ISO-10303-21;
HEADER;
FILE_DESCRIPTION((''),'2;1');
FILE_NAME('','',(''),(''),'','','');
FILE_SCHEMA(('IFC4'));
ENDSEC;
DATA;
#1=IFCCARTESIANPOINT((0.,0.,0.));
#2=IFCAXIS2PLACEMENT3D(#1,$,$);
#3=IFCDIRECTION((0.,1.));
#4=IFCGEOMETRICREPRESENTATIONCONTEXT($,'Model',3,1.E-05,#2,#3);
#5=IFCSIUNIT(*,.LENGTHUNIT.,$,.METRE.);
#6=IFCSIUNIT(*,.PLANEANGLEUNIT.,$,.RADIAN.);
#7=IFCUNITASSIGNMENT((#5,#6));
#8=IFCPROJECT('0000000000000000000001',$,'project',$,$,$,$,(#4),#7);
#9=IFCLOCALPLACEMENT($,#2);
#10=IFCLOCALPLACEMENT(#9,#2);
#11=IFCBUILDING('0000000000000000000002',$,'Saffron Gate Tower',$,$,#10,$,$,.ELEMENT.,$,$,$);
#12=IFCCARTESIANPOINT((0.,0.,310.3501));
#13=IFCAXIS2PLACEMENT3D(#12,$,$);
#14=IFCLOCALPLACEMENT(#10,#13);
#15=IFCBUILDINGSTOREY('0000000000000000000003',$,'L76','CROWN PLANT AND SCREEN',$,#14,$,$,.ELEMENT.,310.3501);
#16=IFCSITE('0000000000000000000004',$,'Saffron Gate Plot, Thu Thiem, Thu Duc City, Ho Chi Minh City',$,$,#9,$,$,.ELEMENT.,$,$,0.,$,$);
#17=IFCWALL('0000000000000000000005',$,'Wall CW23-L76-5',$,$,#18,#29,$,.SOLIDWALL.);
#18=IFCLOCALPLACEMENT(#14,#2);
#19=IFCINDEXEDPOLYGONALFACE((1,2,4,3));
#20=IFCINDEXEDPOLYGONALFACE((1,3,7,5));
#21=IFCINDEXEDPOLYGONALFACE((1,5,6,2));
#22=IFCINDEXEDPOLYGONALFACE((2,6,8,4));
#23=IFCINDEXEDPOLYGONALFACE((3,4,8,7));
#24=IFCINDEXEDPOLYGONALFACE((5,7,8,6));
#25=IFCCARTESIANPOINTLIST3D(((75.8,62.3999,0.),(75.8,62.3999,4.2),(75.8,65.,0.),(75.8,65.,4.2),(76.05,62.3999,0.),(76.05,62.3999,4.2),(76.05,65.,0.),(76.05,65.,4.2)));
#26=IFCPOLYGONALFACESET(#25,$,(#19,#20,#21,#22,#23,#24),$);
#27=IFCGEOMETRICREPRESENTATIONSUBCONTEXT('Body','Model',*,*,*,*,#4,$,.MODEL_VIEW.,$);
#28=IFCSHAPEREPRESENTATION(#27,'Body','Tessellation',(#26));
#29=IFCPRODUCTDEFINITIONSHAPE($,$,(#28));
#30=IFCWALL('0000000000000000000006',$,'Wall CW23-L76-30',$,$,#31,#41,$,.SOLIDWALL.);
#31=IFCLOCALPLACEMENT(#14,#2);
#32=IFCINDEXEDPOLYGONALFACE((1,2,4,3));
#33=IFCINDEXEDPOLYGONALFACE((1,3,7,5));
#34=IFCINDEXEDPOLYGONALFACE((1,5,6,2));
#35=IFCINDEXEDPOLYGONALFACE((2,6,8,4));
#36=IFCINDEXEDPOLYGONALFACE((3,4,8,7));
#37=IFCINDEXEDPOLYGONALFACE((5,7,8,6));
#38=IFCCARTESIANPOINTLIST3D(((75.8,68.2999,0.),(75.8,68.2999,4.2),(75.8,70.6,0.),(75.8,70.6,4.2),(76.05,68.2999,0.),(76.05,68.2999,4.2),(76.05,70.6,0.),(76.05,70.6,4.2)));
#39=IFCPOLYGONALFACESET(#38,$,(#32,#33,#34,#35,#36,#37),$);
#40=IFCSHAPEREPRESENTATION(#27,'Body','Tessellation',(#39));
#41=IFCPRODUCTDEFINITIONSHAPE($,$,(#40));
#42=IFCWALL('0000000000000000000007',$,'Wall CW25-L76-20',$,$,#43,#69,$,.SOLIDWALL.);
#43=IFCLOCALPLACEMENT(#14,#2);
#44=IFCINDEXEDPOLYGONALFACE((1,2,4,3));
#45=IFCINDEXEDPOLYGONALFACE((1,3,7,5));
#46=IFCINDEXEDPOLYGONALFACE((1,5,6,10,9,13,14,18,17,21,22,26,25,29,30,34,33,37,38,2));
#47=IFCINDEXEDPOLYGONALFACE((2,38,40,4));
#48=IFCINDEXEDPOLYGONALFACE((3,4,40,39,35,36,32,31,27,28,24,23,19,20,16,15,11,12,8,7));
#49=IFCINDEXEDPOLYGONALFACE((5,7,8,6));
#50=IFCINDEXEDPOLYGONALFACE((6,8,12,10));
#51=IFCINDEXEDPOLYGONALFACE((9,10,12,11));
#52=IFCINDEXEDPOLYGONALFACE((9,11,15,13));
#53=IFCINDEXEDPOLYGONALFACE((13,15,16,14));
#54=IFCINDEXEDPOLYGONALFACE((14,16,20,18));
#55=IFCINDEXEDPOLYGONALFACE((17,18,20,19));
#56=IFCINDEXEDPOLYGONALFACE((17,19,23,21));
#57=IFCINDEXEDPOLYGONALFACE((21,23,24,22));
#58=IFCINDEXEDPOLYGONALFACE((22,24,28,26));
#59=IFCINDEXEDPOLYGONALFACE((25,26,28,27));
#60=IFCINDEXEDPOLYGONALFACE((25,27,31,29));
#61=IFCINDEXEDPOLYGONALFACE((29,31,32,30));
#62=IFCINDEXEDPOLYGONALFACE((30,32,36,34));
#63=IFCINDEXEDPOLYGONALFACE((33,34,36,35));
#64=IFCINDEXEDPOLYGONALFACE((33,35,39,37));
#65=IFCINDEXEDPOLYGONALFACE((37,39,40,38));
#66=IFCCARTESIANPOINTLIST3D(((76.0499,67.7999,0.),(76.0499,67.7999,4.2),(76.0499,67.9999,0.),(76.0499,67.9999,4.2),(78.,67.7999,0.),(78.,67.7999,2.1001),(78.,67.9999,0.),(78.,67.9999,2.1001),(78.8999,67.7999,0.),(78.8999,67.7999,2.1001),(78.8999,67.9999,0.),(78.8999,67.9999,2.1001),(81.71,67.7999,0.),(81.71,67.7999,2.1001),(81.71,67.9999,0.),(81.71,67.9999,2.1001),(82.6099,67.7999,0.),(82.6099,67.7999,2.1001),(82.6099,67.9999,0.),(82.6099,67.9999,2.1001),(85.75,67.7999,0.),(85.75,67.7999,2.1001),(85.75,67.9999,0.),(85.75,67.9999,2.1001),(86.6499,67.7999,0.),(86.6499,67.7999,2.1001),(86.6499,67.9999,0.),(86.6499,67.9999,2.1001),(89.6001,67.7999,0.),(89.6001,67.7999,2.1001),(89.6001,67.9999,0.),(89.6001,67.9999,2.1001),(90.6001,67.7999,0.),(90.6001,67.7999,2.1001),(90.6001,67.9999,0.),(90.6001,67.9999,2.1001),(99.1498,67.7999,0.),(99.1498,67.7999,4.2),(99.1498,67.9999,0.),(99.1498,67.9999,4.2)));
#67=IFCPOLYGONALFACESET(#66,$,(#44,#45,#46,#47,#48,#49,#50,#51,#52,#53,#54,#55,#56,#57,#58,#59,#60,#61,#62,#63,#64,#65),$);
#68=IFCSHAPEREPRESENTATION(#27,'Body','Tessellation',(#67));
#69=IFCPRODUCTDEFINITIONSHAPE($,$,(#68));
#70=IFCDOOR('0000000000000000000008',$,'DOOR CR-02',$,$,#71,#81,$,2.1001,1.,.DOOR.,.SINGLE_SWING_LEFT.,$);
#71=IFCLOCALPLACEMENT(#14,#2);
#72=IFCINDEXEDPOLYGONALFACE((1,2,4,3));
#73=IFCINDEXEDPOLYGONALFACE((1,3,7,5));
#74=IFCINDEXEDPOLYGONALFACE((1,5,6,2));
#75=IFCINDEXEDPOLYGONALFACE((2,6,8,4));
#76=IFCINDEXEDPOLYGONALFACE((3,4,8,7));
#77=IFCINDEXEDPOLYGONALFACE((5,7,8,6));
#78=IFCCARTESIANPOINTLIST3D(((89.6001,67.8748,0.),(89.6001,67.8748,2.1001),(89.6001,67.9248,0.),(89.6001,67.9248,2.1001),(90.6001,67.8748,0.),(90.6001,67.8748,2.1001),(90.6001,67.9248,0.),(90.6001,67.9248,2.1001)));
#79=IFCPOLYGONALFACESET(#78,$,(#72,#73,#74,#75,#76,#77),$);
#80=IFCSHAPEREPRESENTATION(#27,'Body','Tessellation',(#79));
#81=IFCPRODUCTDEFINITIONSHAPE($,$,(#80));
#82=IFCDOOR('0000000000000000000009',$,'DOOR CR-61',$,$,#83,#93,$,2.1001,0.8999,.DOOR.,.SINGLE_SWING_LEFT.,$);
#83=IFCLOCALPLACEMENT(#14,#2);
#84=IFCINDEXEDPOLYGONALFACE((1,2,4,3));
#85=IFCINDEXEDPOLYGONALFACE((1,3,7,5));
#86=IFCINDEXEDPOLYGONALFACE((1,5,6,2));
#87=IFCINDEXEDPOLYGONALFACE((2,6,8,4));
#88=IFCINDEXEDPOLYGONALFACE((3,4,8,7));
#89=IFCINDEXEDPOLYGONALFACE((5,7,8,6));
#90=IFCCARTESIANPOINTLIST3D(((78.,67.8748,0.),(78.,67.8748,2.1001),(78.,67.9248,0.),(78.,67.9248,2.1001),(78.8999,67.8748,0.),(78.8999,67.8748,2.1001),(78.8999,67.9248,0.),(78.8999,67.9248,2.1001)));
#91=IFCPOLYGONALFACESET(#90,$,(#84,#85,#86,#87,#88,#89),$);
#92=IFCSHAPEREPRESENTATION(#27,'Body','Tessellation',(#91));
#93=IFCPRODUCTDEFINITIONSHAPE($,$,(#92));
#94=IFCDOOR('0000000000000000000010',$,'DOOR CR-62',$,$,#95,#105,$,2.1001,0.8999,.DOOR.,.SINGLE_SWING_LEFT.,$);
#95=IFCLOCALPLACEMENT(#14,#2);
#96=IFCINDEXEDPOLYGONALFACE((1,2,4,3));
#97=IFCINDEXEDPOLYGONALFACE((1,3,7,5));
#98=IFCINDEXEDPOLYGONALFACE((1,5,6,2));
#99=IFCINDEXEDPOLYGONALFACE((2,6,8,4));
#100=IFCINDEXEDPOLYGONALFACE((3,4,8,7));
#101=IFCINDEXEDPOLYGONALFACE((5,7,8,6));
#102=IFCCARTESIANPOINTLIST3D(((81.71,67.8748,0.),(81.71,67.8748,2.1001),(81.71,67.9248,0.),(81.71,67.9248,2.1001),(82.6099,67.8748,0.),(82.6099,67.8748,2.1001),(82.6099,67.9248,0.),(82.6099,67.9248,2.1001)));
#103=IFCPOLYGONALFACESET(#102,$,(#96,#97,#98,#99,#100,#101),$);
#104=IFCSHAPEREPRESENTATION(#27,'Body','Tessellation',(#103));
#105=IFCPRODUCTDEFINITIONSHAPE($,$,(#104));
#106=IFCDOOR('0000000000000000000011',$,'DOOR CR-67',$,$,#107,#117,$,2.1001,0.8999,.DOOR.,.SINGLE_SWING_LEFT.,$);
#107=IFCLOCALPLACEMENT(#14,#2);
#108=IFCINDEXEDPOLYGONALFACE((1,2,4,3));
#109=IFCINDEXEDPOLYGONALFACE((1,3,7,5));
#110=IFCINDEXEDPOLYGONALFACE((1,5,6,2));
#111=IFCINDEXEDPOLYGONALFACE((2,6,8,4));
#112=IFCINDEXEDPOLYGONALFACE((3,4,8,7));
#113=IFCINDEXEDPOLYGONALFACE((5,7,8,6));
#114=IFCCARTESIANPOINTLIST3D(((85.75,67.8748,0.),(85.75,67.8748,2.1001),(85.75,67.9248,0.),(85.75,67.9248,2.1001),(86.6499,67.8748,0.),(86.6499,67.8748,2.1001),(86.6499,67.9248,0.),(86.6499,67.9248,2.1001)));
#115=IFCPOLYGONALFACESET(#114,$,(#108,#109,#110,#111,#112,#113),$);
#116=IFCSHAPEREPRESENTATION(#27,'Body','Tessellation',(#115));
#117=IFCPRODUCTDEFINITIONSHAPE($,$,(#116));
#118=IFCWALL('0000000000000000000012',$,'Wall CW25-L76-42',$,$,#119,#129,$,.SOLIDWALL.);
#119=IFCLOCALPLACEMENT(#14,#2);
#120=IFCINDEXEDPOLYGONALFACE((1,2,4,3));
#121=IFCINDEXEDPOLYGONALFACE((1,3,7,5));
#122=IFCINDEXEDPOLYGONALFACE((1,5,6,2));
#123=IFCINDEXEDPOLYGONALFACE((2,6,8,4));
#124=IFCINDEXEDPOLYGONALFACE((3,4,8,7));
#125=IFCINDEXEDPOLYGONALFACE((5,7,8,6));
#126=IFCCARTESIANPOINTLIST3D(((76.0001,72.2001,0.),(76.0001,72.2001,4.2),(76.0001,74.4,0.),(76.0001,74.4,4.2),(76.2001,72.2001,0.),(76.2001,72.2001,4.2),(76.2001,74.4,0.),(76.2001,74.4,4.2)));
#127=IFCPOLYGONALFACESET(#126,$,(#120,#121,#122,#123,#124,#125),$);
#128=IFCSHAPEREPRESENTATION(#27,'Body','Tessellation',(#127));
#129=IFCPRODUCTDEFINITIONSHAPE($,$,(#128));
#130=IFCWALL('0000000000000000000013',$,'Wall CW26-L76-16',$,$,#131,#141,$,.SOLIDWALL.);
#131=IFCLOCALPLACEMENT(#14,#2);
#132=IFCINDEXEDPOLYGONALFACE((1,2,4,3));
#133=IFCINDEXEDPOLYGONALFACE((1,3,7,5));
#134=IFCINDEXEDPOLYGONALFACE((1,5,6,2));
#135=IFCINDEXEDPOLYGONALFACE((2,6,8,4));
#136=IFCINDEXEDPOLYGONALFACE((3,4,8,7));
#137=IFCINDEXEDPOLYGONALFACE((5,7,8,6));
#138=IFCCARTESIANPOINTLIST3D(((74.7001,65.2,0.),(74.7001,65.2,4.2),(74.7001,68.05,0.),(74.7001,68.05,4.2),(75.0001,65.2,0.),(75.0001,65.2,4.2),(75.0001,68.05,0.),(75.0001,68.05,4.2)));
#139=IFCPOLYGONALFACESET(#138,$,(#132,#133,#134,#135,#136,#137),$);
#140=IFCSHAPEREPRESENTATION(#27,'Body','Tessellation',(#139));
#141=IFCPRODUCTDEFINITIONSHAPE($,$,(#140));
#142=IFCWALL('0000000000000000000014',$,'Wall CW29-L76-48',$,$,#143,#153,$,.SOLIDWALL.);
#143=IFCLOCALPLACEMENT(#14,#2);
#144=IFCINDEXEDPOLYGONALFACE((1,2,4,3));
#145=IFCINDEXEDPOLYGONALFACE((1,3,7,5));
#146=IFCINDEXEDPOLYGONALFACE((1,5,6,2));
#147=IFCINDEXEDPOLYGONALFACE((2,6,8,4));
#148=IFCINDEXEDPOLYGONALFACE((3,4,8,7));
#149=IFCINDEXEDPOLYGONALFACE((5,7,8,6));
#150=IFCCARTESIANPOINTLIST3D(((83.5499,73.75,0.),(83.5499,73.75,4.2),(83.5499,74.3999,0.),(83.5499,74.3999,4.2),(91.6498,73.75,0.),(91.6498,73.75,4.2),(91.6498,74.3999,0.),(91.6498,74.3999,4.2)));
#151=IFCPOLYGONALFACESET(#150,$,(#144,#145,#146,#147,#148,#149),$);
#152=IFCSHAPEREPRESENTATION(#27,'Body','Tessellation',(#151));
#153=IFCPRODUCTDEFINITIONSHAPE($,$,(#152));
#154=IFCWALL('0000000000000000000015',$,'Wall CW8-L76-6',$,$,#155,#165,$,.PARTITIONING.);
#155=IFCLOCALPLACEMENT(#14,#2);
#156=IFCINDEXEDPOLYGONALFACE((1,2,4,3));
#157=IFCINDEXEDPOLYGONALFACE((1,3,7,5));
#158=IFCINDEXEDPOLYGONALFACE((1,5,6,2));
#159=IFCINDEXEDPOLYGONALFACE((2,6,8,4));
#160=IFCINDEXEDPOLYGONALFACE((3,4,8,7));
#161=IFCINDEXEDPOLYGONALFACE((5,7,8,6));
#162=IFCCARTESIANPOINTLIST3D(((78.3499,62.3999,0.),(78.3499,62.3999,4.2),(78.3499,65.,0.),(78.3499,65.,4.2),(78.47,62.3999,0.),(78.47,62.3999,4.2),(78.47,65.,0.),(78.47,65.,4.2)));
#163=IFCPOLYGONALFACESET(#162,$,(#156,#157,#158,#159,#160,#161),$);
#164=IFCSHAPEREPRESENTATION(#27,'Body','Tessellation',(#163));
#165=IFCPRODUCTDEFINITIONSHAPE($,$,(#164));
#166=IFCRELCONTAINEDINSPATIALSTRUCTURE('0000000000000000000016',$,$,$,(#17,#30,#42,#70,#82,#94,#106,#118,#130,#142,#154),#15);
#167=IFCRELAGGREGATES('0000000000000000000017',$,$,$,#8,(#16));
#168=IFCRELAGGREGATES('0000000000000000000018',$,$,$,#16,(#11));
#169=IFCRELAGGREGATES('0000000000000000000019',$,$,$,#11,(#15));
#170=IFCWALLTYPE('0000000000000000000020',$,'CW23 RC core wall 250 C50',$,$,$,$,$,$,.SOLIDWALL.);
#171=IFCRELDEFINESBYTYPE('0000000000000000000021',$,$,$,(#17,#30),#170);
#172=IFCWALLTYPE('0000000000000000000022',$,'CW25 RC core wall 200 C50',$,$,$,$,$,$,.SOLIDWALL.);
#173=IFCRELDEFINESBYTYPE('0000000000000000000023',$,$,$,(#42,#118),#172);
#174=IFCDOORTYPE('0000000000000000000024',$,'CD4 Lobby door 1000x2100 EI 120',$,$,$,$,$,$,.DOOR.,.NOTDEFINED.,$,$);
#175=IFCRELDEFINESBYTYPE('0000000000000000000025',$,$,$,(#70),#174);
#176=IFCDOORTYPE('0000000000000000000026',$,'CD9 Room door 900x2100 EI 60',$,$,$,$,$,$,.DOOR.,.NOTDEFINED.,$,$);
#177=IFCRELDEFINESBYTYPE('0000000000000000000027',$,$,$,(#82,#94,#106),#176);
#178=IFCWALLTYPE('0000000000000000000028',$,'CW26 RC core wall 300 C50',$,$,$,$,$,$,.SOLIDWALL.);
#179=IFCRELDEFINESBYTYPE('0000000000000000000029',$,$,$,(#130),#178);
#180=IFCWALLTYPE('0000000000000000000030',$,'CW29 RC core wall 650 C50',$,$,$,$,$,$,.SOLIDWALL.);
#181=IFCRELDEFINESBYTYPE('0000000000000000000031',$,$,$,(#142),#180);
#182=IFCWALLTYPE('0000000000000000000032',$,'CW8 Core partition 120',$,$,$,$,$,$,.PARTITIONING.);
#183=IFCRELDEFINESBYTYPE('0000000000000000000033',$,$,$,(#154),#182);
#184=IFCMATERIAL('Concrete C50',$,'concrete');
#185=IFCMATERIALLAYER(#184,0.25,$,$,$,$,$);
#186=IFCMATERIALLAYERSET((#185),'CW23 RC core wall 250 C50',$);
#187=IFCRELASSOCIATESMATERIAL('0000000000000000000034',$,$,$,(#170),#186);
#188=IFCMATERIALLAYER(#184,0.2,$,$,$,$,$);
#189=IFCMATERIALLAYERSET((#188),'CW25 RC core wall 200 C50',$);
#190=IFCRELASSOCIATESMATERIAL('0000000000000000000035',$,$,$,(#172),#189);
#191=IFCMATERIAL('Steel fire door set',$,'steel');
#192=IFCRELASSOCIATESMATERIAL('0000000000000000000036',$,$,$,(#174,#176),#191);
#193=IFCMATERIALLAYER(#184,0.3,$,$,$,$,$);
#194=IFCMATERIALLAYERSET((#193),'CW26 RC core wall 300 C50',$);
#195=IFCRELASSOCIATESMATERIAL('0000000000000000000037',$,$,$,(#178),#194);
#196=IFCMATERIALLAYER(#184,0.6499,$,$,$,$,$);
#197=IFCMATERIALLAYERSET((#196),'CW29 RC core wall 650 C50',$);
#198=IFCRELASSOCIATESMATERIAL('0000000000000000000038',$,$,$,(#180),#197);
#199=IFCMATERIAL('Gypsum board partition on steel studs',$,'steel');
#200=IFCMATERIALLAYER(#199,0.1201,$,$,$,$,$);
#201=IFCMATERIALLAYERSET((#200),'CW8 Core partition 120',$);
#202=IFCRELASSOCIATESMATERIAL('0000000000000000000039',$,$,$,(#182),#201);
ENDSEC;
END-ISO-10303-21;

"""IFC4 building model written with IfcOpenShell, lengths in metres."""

from ifc_helpers import new_model, si_unit, direction, frame, frame_2d, origin, place, context, subcontext, project, spatial, rectangle, extrude, material, layer, layer_set, type_object, element, fill, save


model = new_model("IFC4")

# Units and contexts
model_context = context("Model", 3, precision=1e-05, world=origin(), true_north=direction((0.0, 1.0)))
body_context = subcontext(model_context, "Body", "Model", "MODEL_VIEW")
ifc_project = project(units=[si_unit("LENGTHUNIT", "METRE"), si_unit("PLANEANGLEUNIT", "RADIAN")], contexts=[model_context])

# Site, building, storey
site_placement = place(None, origin())
site = spatial("IfcSite", under=ifc_project, at=site_placement, Name="Saffron Gate Plot, Thu Thiem, Thu Duc City, Ho Chi Minh City", CompositionType="ELEMENT", RefElevation=0.0)
building_placement = place(site_placement, origin())
building = spatial("IfcBuilding", under=site, at=building_placement, Name="Saffron Gate Tower", CompositionType="ELEMENT")
storey_placement = place(building_placement, frame((0.0, 0.0, 310.3501)))
storey = spatial("IfcBuildingStorey", under=building, at=storey_placement, Name="L76", Description="CROWN PLANT AND SCREEN", CompositionType="ELEMENT", Elevation=310.3501)

# Walls
ifc_material_1 = material(Name="Concrete C50", Category="concrete")
ifc_layer_1 = layer(ifc_material_1, 0.25)
ifc_layer_set_1 = layer_set([ifc_layer_1], Name="CW23 RC core wall 250 C50")
wall_type_1 = type_object("IfcWallType", Name="CW23 RC core wall 250 C50", PredefinedType="SOLIDWALL", material=ifc_layer_set_1)
wall_1_placement = place(storey_placement, frame((75.925, 62.3999, 0.0), z_axis=(0.0, 0.0, 1.0), x_axis=(0.0, 1.0, 0.0)))
element("IfcWall", 1, at=wall_1_placement, inside=storey, type_object=wall_type_1, Name="Wall CW23-L76-5", PredefinedType="SOLIDWALL", context=body_context, shape_type="SweptSolid", body=[
    extrude(rectangle(XDim=2.6001, YDim=0.25, at=frame_2d((1.3, 0.0))), origin(), (0.0, 0.0, 1.0), 4.2),
])
wall_2_placement = place(storey_placement, frame((75.925, 68.3, 0.0), z_axis=(0.0, 0.0, 1.0), x_axis=(0.0, 1.0, 0.0)))
element("IfcWall", 2, at=wall_2_placement, inside=storey, type_object=wall_type_1, Name="Wall CW23-L76-30", PredefinedType="SOLIDWALL", context=body_context, shape_type="SweptSolid", body=[
    extrude(rectangle(XDim=2.3, YDim=0.25, at=frame_2d((1.1499, 0.0))), origin(), (0.0, 0.0, 1.0), 4.2),
])

# Wall, openings, doors
ifc_layer_2 = layer(ifc_material_1, 0.2)
ifc_layer_set_2 = layer_set([ifc_layer_2], Name="CW25 RC core wall 200 C50")
wall_type_2 = type_object("IfcWallType", Name="CW25 RC core wall 200 C50", PredefinedType="SOLIDWALL", material=ifc_layer_set_2)
wall_3_placement = place(storey_placement, frame((76.05, 67.8999, 0.0), z_axis=(0.0, 0.0, 1.0), x_axis=(1.0, 0.0, 0.0)))
wall_3 = element("IfcWall", 3, at=wall_3_placement, inside=storey, type_object=wall_type_2, Name="Wall CW25-L76-20", PredefinedType="SOLIDWALL", context=body_context, shape_type="SweptSolid", body=[
    extrude(rectangle(XDim=23.0999, YDim=0.2, at=frame_2d((11.5498, 0.0))), origin(), (0.0, 0.0, 1.0), 4.2),
])
opening_1_placement = place(wall_3_placement, frame((1.95, 0.0, 0.0)))
opening_1 = element("IfcOpeningElement", 4, at=opening_1_placement, cuts=wall_3, PredefinedType="OPENING", context=body_context, shape_type="SweptSolid", body=[
    extrude(rectangle(XDim=0.8999, YDim=2.1001, at=frame_2d((0.45, 1.05))), frame((0.0, 0.1099, 0.0), z_axis=(0.0, -1.0, 0.0), x_axis=(1.0, 0.0, 0.0)), (0.0, 0.0, 1.0), 0.22),
])
opening_2_placement = place(wall_3_placement, frame((5.6599, 0.0, 0.0)))
opening_2 = element("IfcOpeningElement", 5, at=opening_2_placement, cuts=wall_3, PredefinedType="OPENING", context=body_context, shape_type="SweptSolid", body=[
    extrude(rectangle(XDim=0.8999, YDim=2.1001, at=frame_2d((0.45, 1.05))), frame((0.0, 0.1099, 0.0), z_axis=(0.0, -1.0, 0.0), x_axis=(1.0, 0.0, 0.0)), (0.0, 0.0, 1.0), 0.22),
])
opening_3_placement = place(wall_3_placement, frame((9.7, 0.0, 0.0)))
opening_3 = element("IfcOpeningElement", 6, at=opening_3_placement, cuts=wall_3, PredefinedType="OPENING", context=body_context, shape_type="SweptSolid", body=[
    extrude(rectangle(XDim=0.8999, YDim=2.1001, at=frame_2d((0.45, 1.05))), frame((0.0, 0.1099, 0.0), z_axis=(0.0, -1.0, 0.0), x_axis=(1.0, 0.0, 0.0)), (0.0, 0.0, 1.0), 0.22),
])
opening_4_placement = place(wall_3_placement, frame((13.55, 0.0, 0.0)))
opening_4 = element("IfcOpeningElement", 7, at=opening_4_placement, cuts=wall_3, PredefinedType="OPENING", context=body_context, shape_type="SweptSolid", body=[
    extrude(rectangle(XDim=1.0, YDim=2.1001, at=frame_2d((0.5, 1.05))), frame((0.0, 0.1099, 0.0), z_axis=(0.0, -1.0, 0.0), x_axis=(1.0, 0.0, 0.0)), (0.0, 0.0, 1.0), 0.22),
])
ifc_material_2 = material(Name="Steel fire door set", Category="steel")
door_type_1 = type_object("IfcDoorType", Name="CD4 Lobby door 1000x2100 EI 120", OperationType="NOTDEFINED", PredefinedType="DOOR", material=ifc_material_2)
door_1_placement = place(opening_4_placement, origin())
door_1 = element("IfcDoor", 8, at=door_1_placement, inside=storey, type_object=door_type_1, Name="DOOR CR-02", OperationType="SINGLE_SWING_LEFT", OverallHeight=2.1001, OverallWidth=1.0, PredefinedType="DOOR", context=body_context, shape_type="SweptSolid", body=[
    extrude(rectangle(XDim=1.0, YDim=2.1001, at=frame_2d((0.5, 1.05))), frame((0.0, 0.0249, 0.0), z_axis=(0.0, -1.0, 0.0), x_axis=(1.0, 0.0, 0.0)), (0.0, 0.0, 1.0), 0.05),
])
fill(opening_4, door_1)
door_type_2 = type_object("IfcDoorType", Name="CD9 Room door 900x2100 EI 60", OperationType="NOTDEFINED", PredefinedType="DOOR", material=ifc_material_2)
door_2_placement = place(opening_1_placement, origin())
door_2 = element("IfcDoor", 9, at=door_2_placement, inside=storey, type_object=door_type_2, Name="DOOR CR-61", OperationType="SINGLE_SWING_LEFT", OverallHeight=2.1001, OverallWidth=0.8999, PredefinedType="DOOR", context=body_context, shape_type="SweptSolid", body=[
    extrude(rectangle(XDim=0.8999, YDim=2.1001, at=frame_2d((0.45, 1.05))), frame((0.0, 0.0249, 0.0), z_axis=(0.0, -1.0, 0.0), x_axis=(1.0, 0.0, 0.0)), (0.0, 0.0, 1.0), 0.05),
])
fill(opening_1, door_2)
door_3_placement = place(opening_2_placement, origin())
door_3 = element("IfcDoor", 10, at=door_3_placement, inside=storey, type_object=door_type_2, Name="DOOR CR-62", OperationType="SINGLE_SWING_LEFT", OverallHeight=2.1001, OverallWidth=0.8999, PredefinedType="DOOR", context=body_context, shape_type="SweptSolid", body=[
    extrude(rectangle(XDim=0.8999, YDim=2.1001, at=frame_2d((0.45, 1.05))), frame((0.0, 0.0249, 0.0), z_axis=(0.0, -1.0, 0.0), x_axis=(1.0, 0.0, 0.0)), (0.0, 0.0, 1.0), 0.05),
])
fill(opening_2, door_3)
door_4_placement = place(opening_3_placement, origin())
door_4 = element("IfcDoor", 11, at=door_4_placement, inside=storey, type_object=door_type_2, Name="DOOR CR-67", OperationType="SINGLE_SWING_LEFT", OverallHeight=2.1001, OverallWidth=0.8999, PredefinedType="DOOR", context=body_context, shape_type="SweptSolid", body=[
    extrude(rectangle(XDim=0.8999, YDim=2.1001, at=frame_2d((0.45, 1.05))), frame((0.0, 0.0249, 0.0), z_axis=(0.0, -1.0, 0.0), x_axis=(1.0, 0.0, 0.0)), (0.0, 0.0, 1.0), 0.05),
])
fill(opening_3, door_4)

# Walls
wall_4_placement = place(storey_placement, frame((76.1001, 72.2, 0.0), z_axis=(0.0, 0.0, 1.0), x_axis=(0.0, 1.0, 0.0)))
element("IfcWall", 12, at=wall_4_placement, inside=storey, type_object=wall_type_2, Name="Wall CW25-L76-42", PredefinedType="SOLIDWALL", context=body_context, shape_type="SweptSolid", body=[
    extrude(rectangle(XDim=2.2, YDim=0.2, at=frame_2d((1.1001, 0.0))), origin(), (0.0, 0.0, 1.0), 4.2),
])
ifc_layer_3 = layer(ifc_material_1, 0.3)
ifc_layer_set_3 = layer_set([ifc_layer_3], Name="CW26 RC core wall 300 C50")
wall_type_3 = type_object("IfcWallType", Name="CW26 RC core wall 300 C50", PredefinedType="SOLIDWALL", material=ifc_layer_set_3)
wall_5_placement = place(storey_placement, frame((74.8501, 65.2, 0.0), z_axis=(0.0, 0.0, 1.0), x_axis=(0.0, 1.0, 0.0)))
element("IfcWall", 13, at=wall_5_placement, inside=storey, type_object=wall_type_3, Name="Wall CW26-L76-16", PredefinedType="SOLIDWALL", context=body_context, shape_type="SweptSolid", body=[
    extrude(rectangle(XDim=2.8501, YDim=0.3, at=frame_2d((1.425, 0.0))), origin(), (0.0, 0.0, 1.0), 4.2),
])
ifc_layer_4 = layer(ifc_material_1, 0.6499)
ifc_layer_set_4 = layer_set([ifc_layer_4], Name="CW29 RC core wall 650 C50")
wall_type_4 = type_object("IfcWallType", Name="CW29 RC core wall 650 C50", PredefinedType="SOLIDWALL", material=ifc_layer_set_4)
wall_6_placement = place(storey_placement, frame((83.55, 74.075, 0.0), z_axis=(0.0, 0.0, 1.0), x_axis=(1.0, 0.0, 0.0)))
element("IfcWall", 14, at=wall_6_placement, inside=storey, type_object=wall_type_4, Name="Wall CW29-L76-48", PredefinedType="SOLIDWALL", context=body_context, shape_type="SweptSolid", body=[
    extrude(rectangle(XDim=8.0999, YDim=0.6499, at=frame_2d((4.0498, 0.0))), origin(), (0.0, 0.0, 1.0), 4.2),
])
ifc_material_3 = material(Name="Gypsum board partition on steel studs", Category="steel")
ifc_layer_5 = layer(ifc_material_3, 0.1201)
ifc_layer_set_5 = layer_set([ifc_layer_5], Name="CW8 Core partition 120")
wall_type_5 = type_object("IfcWallType", Name="CW8 Core partition 120", PredefinedType="PARTITIONING", material=ifc_layer_set_5)
for number, where, z_axis, x_axis, name in (
    (15, (78.4099, 62.3999, 0.0), (0.0, 0.0, 1.0), (0.0, 1.0, 0.0), "Wall CW8-L76-6"),
):
    element("IfcWall", number, at=place(storey_placement, frame(where, z_axis=z_axis, x_axis=x_axis)), inside=storey, type_object=wall_type_5, Name=name, PredefinedType="PARTITIONING", context=body_context, shape_type="SweptSolid", body=[
        extrude(rectangle(XDim=2.6001, YDim=0.1201, at=frame_2d((1.3, 0.0))), origin(), (0.0, 0.0, 1.0), 4.2),
    ])

save(model, "model.ifc")
